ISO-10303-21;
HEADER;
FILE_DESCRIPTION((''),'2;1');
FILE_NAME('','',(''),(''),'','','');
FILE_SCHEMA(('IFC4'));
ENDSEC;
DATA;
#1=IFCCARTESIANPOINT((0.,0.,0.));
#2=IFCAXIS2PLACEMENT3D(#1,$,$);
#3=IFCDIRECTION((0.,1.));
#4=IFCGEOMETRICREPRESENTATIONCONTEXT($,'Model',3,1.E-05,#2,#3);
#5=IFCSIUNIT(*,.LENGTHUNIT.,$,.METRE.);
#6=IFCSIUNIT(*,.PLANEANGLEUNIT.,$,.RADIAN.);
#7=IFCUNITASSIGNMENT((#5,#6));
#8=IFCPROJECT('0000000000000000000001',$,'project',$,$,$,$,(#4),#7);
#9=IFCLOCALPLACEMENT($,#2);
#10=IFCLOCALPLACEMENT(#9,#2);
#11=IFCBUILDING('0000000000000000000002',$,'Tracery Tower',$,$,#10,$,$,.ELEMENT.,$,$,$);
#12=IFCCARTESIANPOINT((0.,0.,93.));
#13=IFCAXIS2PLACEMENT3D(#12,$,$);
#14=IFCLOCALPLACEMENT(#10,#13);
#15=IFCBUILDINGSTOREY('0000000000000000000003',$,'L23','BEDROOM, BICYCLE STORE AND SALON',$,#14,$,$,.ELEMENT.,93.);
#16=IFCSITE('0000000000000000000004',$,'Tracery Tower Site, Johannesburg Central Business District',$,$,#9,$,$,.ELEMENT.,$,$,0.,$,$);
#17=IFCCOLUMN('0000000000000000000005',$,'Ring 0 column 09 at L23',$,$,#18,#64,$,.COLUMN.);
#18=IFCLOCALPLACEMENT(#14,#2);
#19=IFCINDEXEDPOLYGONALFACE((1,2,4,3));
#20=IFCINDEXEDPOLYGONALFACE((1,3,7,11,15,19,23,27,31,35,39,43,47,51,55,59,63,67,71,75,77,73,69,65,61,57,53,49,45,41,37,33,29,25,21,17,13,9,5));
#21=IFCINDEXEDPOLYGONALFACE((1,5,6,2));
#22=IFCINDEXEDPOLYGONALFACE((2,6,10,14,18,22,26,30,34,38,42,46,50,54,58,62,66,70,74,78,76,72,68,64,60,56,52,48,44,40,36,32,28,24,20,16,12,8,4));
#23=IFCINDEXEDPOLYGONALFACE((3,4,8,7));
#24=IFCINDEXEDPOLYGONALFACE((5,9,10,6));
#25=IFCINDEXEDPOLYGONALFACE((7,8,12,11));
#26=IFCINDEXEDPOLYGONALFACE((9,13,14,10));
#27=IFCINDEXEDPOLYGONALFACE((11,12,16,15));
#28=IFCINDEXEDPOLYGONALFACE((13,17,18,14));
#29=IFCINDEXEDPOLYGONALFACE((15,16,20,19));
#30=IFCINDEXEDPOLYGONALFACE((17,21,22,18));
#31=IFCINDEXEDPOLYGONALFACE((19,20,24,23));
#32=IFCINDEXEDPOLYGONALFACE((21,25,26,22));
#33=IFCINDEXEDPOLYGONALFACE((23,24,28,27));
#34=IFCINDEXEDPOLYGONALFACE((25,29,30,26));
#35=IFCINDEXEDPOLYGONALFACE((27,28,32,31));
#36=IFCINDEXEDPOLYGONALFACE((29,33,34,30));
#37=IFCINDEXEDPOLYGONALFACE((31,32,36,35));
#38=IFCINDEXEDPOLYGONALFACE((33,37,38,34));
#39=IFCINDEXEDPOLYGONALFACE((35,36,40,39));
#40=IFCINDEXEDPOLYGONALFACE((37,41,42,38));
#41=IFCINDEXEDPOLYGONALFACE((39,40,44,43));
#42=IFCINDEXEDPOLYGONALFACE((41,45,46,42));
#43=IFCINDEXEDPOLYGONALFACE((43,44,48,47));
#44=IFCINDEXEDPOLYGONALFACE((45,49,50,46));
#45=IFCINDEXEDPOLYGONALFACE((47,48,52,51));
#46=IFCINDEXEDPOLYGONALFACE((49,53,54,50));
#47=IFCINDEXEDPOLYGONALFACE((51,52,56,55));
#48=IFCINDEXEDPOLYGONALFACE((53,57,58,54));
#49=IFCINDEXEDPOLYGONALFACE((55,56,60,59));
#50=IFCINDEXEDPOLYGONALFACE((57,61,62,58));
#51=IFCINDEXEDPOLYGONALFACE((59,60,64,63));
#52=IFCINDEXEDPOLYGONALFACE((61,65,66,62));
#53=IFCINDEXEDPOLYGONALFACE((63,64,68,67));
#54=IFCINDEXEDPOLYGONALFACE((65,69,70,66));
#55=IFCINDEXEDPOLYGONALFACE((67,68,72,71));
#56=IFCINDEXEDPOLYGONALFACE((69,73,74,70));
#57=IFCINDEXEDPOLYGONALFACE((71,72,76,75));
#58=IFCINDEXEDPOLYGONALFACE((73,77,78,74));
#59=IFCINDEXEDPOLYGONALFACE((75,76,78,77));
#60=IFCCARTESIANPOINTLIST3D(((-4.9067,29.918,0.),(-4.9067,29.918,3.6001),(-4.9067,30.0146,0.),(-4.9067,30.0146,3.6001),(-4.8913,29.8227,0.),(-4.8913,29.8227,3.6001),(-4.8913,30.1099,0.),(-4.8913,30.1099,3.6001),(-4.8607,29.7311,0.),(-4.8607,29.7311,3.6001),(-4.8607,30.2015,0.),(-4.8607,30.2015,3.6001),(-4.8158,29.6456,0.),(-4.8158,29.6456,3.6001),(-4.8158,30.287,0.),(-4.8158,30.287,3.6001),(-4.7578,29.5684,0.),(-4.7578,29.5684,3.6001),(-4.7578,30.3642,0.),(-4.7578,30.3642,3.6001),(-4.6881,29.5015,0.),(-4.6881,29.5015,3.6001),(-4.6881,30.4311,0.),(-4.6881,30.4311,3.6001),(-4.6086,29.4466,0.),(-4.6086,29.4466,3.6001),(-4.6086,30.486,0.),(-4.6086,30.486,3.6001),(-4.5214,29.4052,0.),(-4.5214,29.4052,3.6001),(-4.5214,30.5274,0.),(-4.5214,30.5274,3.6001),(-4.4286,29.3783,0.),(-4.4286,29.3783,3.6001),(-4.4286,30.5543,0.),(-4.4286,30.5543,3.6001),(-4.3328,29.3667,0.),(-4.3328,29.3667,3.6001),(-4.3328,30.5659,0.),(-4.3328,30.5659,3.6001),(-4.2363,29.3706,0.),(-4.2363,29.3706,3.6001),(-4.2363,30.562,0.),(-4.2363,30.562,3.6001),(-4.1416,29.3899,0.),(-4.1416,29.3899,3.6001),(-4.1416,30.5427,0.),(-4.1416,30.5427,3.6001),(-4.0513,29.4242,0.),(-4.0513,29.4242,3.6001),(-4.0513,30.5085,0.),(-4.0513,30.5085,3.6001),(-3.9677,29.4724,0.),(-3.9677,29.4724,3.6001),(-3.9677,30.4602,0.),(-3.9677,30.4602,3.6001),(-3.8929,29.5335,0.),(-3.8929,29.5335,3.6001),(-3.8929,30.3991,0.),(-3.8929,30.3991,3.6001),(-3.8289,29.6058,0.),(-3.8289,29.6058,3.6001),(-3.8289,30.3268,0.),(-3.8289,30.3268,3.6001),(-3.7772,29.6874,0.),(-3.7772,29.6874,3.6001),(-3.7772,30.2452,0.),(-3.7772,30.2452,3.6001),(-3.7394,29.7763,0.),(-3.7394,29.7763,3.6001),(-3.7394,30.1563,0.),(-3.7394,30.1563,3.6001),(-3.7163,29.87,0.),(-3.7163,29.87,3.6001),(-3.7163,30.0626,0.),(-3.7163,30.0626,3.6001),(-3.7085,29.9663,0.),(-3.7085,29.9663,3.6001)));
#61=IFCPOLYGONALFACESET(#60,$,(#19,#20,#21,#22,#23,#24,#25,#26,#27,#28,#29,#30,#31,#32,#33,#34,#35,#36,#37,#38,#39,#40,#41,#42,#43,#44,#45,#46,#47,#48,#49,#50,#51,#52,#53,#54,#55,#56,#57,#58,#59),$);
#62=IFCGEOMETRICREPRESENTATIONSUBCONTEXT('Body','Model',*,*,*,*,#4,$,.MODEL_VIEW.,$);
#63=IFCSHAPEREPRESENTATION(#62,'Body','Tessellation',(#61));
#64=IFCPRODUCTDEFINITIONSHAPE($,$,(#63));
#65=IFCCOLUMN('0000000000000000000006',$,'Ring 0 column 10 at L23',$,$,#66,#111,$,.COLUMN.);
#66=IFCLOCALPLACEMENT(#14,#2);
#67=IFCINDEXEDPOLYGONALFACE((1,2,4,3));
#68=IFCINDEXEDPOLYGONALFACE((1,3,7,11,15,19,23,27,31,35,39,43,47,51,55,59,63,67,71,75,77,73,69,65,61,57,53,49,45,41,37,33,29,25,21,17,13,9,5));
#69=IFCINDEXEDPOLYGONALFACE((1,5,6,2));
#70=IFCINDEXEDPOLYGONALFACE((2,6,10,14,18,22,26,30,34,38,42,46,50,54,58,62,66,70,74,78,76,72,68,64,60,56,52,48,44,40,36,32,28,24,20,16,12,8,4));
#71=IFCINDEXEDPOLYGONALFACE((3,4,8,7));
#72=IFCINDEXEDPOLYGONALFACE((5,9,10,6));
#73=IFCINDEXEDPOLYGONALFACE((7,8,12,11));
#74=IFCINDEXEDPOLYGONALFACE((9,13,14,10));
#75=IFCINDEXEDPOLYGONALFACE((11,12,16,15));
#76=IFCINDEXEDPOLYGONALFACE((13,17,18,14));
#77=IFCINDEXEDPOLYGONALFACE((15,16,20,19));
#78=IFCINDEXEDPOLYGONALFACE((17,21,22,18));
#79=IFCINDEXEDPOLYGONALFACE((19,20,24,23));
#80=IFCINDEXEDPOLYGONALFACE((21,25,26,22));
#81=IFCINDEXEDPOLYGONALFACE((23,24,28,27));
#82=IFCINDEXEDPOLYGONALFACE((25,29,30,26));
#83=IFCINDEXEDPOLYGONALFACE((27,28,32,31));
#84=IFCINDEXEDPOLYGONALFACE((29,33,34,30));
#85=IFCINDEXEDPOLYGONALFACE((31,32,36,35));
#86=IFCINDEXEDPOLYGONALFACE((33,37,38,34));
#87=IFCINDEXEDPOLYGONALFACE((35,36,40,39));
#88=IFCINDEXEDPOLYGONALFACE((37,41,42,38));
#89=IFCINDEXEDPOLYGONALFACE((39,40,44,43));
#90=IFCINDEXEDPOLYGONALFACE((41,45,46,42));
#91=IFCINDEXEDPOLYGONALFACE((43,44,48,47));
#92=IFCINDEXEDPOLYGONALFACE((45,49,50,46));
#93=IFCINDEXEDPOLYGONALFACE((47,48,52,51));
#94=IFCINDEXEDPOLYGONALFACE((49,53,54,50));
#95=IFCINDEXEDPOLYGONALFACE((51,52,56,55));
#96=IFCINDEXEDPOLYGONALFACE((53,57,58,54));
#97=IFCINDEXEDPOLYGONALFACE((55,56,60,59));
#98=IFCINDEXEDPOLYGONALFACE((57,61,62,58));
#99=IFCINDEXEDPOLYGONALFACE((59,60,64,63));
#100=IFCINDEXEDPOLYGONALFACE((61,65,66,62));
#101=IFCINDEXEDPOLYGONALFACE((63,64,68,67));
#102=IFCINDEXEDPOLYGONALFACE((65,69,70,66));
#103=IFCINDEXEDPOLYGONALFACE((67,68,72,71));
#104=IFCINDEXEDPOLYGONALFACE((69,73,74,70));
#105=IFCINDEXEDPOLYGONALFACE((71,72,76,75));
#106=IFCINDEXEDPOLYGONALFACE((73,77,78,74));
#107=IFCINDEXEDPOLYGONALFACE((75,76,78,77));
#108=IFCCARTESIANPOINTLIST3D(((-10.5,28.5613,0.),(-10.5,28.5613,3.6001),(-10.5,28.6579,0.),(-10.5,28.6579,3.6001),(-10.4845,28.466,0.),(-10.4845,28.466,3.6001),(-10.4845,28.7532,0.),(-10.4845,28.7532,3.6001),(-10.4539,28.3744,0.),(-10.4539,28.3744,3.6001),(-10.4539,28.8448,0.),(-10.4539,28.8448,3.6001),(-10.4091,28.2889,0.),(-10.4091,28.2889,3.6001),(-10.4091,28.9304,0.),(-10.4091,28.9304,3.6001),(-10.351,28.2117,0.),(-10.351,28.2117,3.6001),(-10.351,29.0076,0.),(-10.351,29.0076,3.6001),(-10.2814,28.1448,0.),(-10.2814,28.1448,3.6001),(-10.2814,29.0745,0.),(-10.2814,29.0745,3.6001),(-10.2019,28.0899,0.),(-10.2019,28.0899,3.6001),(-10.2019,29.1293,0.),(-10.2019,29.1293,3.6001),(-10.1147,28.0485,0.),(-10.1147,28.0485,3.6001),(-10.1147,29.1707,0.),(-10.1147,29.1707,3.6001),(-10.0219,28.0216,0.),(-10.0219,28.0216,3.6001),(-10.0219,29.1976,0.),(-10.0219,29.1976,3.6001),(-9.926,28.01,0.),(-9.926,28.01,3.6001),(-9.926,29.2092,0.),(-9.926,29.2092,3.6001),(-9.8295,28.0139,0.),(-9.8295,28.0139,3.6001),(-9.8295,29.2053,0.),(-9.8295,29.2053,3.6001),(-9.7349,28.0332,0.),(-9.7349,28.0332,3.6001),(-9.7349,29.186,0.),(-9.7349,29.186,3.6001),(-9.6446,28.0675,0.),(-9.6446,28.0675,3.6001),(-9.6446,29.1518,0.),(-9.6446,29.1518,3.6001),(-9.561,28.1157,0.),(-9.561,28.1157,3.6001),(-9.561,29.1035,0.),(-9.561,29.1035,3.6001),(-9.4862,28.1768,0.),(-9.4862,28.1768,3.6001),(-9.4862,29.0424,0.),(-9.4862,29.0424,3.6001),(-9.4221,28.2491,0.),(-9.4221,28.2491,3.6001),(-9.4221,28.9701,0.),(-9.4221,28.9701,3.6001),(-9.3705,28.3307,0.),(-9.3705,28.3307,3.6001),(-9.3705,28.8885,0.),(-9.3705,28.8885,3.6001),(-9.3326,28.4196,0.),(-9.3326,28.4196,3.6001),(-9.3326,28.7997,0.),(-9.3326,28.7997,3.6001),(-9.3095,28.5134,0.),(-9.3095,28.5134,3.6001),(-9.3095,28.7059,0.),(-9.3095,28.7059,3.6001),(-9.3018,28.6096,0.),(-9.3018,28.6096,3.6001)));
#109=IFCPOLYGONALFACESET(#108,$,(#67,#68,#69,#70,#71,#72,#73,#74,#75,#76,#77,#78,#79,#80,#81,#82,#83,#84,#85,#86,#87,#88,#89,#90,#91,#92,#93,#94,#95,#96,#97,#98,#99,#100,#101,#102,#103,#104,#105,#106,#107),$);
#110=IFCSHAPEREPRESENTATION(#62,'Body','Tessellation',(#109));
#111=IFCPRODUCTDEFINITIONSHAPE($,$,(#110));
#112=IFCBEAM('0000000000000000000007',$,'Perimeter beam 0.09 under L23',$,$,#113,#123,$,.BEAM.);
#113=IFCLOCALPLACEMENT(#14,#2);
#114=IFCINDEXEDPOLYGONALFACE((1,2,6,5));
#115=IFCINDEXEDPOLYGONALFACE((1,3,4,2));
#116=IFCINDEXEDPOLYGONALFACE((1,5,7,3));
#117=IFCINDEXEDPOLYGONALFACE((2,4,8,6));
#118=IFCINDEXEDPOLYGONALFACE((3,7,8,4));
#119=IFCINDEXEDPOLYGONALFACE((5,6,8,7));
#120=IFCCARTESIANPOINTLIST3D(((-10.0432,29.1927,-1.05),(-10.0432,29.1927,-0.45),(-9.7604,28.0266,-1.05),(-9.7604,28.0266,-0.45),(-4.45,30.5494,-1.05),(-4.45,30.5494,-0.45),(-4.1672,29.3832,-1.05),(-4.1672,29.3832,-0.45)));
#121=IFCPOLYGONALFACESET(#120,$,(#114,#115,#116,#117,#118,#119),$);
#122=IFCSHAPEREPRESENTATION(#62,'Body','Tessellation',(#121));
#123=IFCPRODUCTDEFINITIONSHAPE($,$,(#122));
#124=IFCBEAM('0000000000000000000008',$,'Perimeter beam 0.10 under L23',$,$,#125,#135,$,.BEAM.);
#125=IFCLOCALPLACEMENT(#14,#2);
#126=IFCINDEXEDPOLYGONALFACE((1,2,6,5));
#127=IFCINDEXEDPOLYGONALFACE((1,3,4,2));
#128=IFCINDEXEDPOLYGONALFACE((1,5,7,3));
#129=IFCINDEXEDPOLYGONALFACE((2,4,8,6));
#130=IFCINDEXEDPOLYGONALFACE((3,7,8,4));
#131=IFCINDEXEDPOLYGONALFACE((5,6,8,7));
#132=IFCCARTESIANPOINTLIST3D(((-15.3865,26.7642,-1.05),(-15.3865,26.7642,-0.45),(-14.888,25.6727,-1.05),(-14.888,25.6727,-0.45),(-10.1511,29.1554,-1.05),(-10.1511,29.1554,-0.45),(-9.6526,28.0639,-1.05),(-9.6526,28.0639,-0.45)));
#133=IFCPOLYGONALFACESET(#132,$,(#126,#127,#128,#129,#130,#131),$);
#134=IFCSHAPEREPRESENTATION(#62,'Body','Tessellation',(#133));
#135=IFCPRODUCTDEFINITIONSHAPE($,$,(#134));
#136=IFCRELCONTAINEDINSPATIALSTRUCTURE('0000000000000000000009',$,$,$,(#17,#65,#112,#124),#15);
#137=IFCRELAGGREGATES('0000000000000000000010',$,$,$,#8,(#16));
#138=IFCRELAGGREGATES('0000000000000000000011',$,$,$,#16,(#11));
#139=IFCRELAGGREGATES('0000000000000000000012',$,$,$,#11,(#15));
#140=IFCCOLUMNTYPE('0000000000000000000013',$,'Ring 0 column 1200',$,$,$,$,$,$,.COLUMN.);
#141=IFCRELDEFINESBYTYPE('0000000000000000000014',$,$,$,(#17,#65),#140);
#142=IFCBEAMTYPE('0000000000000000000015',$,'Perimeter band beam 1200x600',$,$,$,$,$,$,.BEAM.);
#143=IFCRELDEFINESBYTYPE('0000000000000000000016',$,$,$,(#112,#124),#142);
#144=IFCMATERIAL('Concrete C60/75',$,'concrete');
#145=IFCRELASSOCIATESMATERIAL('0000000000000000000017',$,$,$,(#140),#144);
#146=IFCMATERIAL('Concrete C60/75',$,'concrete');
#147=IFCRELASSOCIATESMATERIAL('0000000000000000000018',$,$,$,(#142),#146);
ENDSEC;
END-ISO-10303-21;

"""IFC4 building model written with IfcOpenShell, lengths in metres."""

from ifc_helpers import new_model, si_unit, direction, frame, origin, origin_2d, place, context, subcontext, project, spatial, rectangle, circle, extrude, material, material_profile, profile_set, type_object, element, save


model = new_model("IFC4")

# Units and contexts
model_context = context("Model", 3, precision=1e-05, world=origin(), true_north=direction((0.0, 1.0)))
body_context = subcontext(model_context, "Body", "Model", "MODEL_VIEW")
ifc_project = project(units=[si_unit("LENGTHUNIT", "METRE"), si_unit("PLANEANGLEUNIT", "RADIAN")], contexts=[model_context])

# Site, building, storey
site_placement = place(None, origin())
site = spatial("IfcSite", under=ifc_project, at=site_placement, Name="Tracery Tower Site, Johannesburg Central Business District", CompositionType="ELEMENT", RefElevation=0.0)
building_placement = place(site_placement, origin())
building = spatial("IfcBuilding", under=site, at=building_placement, Name="Tracery Tower", CompositionType="ELEMENT")
storey_placement = place(building_placement, frame((0.0, 0.0, 93.0)))
storey = spatial("IfcBuildingStorey", under=building, at=storey_placement, Name="L23", Description="BEDROOM, BICYCLE STORE AND SALON", CompositionType="ELEMENT", Elevation=93.0)

# Columns
ifc_material_1 = material(Name="Concrete C60/75", Category="concrete")
ifc_material_profile_1 = material_profile(ifc_material_1, circle(Radius=0.6001, at=origin_2d()), Name="RC D1200")
ifc_profile_set_1 = profile_set([ifc_material_profile_1], Name="Concrete C60/75")
column_type = type_object("IfcColumnType", Name="Ring 0 column 1200", PredefinedType="COLUMN", material=ifc_profile_set_1)
for number, where, z_axis, x_axis, name in (
    (1, (-4.3086, 29.9663, 0.0), (0.0, 0.0, 1.0), (1.0, 0.0, 0.0), "Ring 0 column 09 at L23"),
    (2, (-9.9019, 28.6096, 0.0), (0.0, 0.0, 1.0), (1.0, 0.0, 0.0), "Ring 0 column 10 at L23"),
):
    element("IfcColumn", number, at=place(storey_placement, frame(where, z_axis=z_axis, x_axis=x_axis)), inside=storey, type_object=column_type, Name=name, PredefinedType="COLUMN", context=body_context, shape_type="SweptSolid", body=[
        extrude(circle(Radius=0.6001, at=origin_2d()), origin(), (0.0, 0.0, 1.0), 3.6001),
    ])

# Beams
ifc_material_2 = material(Name="Concrete C60/75", Category="concrete")
ifc_material_profile_2 = material_profile(ifc_material_2, rectangle(XDim=1.2, YDim=0.6001, at=origin_2d()), Name="RC 1200x600")
ifc_profile_set_2 = profile_set([ifc_material_profile_2], Name="Concrete C60/75")
beam_type = type_object("IfcBeamType", Name="Perimeter band beam 1200x600", PredefinedType="BEAM", material=ifc_profile_set_2)
beam_1_placement = place(storey_placement, frame((-4.3086, 29.9663, -0.75), z_axis=(-0.97182, -0.235723, 0.0), x_axis=(0.235723, -0.97182, 0.0)))
element("IfcBeam", 3, at=beam_1_placement, inside=storey, type_object=beam_type, Name="Perimeter beam 0.09 under L23", PredefinedType="BEAM", context=body_context, shape_type="SweptSolid", body=[
    extrude(rectangle(XDim=1.2, YDim=0.6001, at=origin_2d()), origin(), (0.0, 0.0, 1.0), 5.7554),
])
beam_2_placement = place(storey_placement, frame((-9.9019, 28.6096, -0.75), z_axis=(-0.909618, -0.415445, 0.0), x_axis=(0.415445, -0.909618, 0.0)))
element("IfcBeam", 4, at=beam_2_placement, inside=storey, type_object=beam_type, Name="Perimeter beam 0.10 under L23", PredefinedType="BEAM", context=body_context, shape_type="SweptSolid", body=[
    extrude(rectangle(XDim=1.2, YDim=0.6001, at=origin_2d()), origin(), (0.0, 0.0, 1.0), 5.7556),
])

save(model, "model.ifc")
